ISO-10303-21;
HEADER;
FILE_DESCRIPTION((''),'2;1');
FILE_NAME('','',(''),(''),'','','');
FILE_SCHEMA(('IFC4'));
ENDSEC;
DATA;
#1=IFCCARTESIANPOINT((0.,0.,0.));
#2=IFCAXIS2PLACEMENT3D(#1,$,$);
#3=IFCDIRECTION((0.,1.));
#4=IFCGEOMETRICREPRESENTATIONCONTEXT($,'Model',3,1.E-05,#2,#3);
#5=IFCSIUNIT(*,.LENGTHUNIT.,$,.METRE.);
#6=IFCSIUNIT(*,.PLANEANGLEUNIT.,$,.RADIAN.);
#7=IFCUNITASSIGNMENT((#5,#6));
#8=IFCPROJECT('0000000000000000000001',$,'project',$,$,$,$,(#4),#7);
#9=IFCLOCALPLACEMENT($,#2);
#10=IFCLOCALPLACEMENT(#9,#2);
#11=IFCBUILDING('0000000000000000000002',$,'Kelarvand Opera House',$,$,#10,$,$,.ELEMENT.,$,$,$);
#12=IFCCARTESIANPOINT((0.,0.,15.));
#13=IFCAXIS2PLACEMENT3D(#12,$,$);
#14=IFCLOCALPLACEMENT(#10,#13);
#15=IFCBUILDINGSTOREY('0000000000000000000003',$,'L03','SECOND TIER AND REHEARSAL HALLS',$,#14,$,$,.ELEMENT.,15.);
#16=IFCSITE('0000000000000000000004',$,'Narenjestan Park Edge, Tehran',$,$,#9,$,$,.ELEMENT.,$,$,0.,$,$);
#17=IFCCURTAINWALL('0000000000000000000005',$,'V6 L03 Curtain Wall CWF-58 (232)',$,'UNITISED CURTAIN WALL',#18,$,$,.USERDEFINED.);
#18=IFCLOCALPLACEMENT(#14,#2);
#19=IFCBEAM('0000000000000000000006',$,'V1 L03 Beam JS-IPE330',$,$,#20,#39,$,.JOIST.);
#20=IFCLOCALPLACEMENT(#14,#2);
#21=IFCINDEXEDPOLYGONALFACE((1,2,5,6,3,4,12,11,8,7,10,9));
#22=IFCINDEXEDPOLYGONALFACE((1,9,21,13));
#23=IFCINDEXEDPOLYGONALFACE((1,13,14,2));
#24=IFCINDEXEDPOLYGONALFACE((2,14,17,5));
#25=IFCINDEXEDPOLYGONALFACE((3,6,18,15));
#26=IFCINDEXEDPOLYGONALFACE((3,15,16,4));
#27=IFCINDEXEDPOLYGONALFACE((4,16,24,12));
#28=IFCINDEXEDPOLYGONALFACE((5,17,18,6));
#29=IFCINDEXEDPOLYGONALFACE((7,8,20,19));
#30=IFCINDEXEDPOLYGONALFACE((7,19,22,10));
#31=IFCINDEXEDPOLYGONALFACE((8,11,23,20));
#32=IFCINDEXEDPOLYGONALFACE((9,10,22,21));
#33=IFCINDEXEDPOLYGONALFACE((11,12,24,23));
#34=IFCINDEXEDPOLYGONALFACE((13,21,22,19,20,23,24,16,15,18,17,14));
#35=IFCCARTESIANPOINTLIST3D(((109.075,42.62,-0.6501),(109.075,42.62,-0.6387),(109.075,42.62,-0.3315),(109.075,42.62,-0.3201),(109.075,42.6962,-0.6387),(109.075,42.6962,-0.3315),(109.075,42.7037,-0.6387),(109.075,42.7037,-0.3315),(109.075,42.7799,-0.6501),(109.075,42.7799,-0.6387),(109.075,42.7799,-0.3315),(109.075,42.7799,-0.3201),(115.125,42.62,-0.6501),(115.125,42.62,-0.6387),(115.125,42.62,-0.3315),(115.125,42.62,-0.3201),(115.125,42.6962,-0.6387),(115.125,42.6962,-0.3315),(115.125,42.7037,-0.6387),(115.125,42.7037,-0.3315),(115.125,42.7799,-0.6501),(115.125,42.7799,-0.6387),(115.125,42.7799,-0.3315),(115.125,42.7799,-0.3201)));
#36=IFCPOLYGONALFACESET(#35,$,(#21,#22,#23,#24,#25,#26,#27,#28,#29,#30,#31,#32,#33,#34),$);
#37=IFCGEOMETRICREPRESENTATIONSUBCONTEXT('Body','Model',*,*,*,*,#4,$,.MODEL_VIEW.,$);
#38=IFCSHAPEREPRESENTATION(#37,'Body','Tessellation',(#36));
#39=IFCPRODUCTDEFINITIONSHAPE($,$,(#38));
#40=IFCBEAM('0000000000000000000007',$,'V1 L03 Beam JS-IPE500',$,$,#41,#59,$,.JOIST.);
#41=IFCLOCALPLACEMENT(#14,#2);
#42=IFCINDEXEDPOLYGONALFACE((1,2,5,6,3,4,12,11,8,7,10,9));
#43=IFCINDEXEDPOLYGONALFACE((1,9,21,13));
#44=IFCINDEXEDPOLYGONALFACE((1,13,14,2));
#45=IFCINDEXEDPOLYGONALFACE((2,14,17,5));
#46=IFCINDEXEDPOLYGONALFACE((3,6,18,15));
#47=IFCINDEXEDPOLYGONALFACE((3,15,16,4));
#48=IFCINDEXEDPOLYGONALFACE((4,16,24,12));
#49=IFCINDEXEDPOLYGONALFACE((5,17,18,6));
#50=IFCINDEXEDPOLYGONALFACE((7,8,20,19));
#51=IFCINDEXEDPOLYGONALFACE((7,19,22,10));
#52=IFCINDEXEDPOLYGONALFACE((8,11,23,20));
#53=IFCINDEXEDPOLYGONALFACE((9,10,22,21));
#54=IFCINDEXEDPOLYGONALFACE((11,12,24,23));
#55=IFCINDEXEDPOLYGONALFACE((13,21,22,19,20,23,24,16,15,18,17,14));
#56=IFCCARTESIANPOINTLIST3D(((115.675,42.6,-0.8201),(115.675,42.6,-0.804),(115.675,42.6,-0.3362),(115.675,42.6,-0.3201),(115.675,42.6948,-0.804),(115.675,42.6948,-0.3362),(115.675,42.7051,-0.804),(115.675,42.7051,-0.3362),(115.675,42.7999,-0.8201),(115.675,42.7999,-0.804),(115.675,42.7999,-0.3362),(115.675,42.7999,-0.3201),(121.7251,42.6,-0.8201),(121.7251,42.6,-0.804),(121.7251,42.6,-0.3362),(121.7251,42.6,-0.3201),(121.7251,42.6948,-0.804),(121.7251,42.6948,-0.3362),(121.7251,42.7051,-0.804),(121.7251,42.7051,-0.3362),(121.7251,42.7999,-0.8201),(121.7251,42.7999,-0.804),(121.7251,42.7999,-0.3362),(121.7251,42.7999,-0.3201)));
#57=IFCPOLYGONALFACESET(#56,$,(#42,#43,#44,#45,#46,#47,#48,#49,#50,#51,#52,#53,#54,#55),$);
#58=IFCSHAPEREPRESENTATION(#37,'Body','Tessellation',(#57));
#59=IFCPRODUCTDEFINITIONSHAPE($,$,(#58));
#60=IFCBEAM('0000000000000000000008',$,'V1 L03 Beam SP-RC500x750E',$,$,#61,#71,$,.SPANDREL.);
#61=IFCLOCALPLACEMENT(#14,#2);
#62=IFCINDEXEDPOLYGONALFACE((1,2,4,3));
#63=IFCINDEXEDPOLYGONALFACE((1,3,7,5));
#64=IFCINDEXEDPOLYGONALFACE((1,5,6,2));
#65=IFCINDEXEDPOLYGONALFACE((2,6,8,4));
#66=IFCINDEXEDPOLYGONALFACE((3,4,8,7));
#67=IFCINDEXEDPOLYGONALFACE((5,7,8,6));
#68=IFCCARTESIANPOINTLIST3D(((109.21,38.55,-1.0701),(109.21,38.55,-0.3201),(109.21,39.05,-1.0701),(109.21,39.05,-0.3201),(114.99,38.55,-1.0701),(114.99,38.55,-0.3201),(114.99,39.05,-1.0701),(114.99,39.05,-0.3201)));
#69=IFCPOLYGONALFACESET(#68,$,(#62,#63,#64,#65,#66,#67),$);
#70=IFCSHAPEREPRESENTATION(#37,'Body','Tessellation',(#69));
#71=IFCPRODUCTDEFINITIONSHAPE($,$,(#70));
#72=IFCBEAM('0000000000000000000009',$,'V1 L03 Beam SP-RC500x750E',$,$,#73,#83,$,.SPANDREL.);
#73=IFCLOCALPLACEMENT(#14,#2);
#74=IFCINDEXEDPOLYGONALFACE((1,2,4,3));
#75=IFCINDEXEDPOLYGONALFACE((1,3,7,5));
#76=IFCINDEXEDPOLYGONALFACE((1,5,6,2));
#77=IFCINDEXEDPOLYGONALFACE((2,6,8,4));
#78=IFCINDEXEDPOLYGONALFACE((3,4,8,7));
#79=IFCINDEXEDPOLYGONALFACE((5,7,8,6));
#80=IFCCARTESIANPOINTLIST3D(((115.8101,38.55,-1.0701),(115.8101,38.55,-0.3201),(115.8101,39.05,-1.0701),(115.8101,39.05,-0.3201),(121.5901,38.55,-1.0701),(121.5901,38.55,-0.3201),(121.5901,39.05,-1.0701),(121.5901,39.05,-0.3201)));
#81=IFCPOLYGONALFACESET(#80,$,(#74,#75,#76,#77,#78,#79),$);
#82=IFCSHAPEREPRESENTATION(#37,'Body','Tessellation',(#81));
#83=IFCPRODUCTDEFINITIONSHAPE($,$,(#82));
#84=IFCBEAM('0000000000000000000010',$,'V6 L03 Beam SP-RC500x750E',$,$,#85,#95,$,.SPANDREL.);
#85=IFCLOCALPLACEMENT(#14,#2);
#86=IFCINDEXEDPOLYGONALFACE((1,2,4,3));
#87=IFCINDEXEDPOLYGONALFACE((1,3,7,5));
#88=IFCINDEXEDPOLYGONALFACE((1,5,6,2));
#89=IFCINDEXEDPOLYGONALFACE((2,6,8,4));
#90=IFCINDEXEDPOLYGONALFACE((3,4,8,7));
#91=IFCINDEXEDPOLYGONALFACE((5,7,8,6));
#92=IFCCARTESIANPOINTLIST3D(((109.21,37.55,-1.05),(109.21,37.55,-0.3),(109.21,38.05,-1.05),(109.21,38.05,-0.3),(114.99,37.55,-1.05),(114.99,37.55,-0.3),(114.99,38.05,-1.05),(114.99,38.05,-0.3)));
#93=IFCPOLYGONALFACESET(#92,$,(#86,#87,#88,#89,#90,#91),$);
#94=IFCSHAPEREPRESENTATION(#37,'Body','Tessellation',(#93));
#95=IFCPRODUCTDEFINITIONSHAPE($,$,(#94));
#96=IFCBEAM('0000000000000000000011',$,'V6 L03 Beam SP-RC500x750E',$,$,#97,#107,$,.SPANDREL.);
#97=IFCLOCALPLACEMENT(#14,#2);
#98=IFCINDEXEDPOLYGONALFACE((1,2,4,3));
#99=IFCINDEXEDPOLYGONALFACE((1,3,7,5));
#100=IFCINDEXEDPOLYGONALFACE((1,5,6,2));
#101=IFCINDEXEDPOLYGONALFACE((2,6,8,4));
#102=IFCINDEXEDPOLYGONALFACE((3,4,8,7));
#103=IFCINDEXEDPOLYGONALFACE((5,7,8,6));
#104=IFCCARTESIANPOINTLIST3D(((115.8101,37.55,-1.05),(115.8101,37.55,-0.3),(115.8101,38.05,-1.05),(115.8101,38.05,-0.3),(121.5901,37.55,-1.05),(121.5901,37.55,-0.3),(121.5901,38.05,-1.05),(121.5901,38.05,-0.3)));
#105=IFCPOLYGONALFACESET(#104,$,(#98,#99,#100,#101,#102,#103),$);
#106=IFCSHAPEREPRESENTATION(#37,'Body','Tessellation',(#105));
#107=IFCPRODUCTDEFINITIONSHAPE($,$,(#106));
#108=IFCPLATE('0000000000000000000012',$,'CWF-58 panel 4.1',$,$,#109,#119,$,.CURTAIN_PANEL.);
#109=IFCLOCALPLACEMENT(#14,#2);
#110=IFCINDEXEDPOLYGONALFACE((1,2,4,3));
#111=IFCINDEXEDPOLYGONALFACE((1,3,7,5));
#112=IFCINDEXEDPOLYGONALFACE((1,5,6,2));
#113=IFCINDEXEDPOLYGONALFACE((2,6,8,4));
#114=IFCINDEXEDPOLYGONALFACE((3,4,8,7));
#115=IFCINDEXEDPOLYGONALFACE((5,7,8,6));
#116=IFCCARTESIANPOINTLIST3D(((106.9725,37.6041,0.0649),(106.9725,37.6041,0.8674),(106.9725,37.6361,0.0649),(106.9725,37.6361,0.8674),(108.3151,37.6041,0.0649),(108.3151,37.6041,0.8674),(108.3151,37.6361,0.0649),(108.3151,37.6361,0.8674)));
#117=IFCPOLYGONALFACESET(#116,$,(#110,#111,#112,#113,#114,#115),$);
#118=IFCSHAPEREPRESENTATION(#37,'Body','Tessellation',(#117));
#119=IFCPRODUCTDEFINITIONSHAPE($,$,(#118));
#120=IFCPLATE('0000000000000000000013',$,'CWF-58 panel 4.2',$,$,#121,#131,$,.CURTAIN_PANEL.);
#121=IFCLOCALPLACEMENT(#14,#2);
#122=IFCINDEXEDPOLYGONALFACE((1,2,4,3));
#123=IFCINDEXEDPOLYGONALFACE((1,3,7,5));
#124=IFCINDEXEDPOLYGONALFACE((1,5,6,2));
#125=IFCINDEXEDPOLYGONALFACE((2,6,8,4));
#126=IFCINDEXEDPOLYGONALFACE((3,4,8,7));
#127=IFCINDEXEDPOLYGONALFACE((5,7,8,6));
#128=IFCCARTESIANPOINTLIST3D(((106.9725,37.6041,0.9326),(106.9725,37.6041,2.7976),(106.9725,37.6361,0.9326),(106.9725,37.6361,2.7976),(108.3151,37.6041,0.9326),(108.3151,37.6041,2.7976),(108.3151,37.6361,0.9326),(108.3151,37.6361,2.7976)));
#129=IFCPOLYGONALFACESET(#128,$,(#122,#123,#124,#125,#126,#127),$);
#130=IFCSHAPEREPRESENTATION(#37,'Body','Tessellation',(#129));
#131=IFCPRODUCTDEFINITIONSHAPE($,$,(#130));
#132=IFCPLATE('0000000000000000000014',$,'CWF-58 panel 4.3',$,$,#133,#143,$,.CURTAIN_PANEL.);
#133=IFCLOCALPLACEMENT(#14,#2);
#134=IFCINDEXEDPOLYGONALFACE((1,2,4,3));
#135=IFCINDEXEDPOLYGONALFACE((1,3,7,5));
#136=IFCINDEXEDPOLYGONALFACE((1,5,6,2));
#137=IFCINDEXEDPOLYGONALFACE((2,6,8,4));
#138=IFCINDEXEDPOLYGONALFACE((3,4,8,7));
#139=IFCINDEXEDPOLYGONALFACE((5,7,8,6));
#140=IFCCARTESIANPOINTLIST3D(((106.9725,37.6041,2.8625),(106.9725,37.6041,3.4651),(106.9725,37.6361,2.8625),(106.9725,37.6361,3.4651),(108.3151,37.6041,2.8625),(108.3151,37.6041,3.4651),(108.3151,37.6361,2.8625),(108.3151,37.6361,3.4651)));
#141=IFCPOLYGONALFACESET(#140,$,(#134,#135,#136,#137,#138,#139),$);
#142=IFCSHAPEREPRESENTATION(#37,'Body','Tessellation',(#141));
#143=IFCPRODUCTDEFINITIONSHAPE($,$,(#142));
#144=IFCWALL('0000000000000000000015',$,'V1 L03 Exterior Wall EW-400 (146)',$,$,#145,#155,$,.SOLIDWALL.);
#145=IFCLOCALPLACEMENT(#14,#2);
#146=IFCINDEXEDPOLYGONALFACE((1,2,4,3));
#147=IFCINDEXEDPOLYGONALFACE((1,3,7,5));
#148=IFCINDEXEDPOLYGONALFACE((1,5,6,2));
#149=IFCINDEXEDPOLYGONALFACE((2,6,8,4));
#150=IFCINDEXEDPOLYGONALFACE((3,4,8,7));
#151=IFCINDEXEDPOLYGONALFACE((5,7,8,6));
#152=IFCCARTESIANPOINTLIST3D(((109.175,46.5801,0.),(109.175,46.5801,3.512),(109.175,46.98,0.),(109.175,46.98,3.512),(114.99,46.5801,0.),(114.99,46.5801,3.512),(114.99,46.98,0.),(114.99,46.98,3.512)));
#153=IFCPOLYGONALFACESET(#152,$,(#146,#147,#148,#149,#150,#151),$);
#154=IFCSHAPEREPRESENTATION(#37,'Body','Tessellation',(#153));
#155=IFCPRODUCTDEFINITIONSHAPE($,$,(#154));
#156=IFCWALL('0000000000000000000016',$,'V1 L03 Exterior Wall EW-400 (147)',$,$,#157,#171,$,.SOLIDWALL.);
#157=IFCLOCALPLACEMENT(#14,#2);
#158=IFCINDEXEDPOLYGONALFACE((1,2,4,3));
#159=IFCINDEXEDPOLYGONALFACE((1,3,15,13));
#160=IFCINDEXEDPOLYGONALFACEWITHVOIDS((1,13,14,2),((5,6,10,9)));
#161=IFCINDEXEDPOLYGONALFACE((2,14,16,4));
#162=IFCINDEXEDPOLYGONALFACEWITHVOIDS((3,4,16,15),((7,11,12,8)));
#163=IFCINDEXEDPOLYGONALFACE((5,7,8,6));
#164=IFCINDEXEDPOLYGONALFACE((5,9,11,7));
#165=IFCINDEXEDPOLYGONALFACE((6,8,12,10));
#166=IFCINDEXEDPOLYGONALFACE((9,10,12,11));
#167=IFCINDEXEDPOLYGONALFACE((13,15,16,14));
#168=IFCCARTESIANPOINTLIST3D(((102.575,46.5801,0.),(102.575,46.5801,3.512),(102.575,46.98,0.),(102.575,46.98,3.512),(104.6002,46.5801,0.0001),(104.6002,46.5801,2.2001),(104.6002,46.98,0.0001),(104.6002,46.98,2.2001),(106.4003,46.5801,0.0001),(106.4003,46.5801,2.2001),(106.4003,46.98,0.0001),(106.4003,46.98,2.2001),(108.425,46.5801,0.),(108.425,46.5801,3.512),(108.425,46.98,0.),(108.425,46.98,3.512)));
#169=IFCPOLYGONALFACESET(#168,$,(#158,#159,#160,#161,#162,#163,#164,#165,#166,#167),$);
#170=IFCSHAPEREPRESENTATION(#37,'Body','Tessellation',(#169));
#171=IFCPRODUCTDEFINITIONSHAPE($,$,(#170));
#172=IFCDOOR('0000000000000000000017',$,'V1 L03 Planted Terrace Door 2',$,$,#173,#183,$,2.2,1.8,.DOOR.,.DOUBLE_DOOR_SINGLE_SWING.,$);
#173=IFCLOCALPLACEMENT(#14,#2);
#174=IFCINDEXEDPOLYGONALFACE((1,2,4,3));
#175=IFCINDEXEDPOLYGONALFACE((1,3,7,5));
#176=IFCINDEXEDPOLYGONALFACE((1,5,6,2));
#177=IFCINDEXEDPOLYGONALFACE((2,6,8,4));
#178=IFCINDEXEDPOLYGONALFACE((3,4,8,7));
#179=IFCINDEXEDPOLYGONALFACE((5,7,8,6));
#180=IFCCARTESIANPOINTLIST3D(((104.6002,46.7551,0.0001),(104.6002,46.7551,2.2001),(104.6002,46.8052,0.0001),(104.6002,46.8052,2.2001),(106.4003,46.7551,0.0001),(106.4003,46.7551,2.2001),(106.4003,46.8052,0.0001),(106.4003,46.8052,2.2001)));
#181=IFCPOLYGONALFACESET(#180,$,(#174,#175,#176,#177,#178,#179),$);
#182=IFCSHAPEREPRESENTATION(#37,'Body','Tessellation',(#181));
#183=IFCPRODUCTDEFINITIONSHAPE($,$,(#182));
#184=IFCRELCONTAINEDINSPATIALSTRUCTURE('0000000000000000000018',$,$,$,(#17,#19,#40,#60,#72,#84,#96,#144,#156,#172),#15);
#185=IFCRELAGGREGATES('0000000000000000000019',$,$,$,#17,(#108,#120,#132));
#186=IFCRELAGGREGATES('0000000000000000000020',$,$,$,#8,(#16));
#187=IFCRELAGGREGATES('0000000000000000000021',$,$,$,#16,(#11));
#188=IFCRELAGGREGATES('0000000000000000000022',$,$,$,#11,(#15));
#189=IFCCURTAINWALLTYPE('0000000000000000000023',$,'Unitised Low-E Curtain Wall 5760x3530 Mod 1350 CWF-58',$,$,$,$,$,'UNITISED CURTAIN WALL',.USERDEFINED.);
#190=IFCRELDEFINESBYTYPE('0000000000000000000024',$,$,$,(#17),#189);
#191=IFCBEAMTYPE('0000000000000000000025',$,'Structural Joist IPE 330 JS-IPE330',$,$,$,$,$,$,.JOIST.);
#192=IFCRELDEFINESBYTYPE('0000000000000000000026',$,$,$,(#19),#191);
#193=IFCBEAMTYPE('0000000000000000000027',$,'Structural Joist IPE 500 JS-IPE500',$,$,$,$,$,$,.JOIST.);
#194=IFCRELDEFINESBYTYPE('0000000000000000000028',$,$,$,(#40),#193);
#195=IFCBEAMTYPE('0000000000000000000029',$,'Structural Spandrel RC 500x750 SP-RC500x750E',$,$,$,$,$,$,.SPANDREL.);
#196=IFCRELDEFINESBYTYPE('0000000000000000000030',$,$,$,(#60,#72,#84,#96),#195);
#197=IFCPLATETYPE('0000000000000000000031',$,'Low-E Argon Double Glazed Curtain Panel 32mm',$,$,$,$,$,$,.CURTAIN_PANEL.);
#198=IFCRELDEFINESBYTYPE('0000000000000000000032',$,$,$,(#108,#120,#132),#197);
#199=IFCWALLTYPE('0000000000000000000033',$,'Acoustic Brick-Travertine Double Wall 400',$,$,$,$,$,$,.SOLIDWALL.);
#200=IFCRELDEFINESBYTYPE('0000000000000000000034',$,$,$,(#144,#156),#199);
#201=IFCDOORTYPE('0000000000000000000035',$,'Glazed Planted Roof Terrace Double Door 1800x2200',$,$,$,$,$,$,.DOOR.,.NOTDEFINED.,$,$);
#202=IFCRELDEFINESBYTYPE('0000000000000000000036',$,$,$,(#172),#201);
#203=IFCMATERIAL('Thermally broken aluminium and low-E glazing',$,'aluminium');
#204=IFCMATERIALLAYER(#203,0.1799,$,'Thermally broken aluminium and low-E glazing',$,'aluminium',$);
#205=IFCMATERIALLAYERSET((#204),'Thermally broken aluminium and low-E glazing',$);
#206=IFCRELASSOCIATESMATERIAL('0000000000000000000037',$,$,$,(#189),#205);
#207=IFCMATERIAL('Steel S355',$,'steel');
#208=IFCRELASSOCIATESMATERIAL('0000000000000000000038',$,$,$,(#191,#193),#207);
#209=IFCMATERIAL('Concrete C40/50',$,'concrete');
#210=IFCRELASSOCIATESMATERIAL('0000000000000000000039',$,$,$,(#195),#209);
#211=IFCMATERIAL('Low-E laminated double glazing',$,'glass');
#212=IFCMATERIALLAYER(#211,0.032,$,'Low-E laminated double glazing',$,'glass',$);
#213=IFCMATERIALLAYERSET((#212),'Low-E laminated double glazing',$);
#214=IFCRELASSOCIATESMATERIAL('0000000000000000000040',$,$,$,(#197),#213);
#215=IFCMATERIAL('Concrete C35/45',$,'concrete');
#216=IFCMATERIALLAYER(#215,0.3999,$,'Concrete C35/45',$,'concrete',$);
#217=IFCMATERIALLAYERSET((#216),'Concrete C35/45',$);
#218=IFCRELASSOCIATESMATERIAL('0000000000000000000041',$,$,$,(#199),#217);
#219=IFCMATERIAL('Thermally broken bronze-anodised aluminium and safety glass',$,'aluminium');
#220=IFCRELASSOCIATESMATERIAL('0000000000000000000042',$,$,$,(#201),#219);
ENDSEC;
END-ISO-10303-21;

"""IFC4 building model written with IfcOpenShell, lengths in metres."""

from ifc_helpers import new_model, si_unit, direction, frame, frame_2d, origin, origin_2d, place, context, subcontext, project, spatial, rectangle, i_section, extrude, material, layer, layer_set, material_profile, profile_set, type_object, element, fill, aggregate, save


model = new_model("IFC4")

# Units and contexts
model_context = context("Model", 3, precision=1e-05, world=origin(), true_north=direction((0.0, 1.0)))
body_context = subcontext(model_context, "Body", "Model", "MODEL_VIEW")
ifc_project = project(units=[si_unit("LENGTHUNIT", "METRE"), si_unit("PLANEANGLEUNIT", "RADIAN")], contexts=[model_context])

# Site, building, storey
site_placement = place(None, origin())
site = spatial("IfcSite", under=ifc_project, at=site_placement, Name="Narenjestan Park Edge, Tehran", CompositionType="ELEMENT", RefElevation=0.0)
building_placement = place(site_placement, origin())
building = spatial("IfcBuilding", under=site, at=building_placement, Name="Kelarvand Opera House", CompositionType="ELEMENT")
storey_placement = place(building_placement, frame((0.0, 0.0, 15.0)))
storey = spatial("IfcBuildingStorey", under=building, at=storey_placement, Name="L03", Description="SECOND TIER AND REHEARSAL HALLS", CompositionType="ELEMENT", Elevation=15.0)

# Shared definitions
ifc_material_1 = material(Name="Concrete C40/50", Category="concrete")

# Curtain wall
ifc_material_2 = material(Name="Thermally broken aluminium and low-E glazing", Category="aluminium")
ifc_layer_1 = layer(ifc_material_2, 0.1799, Name="Thermally broken aluminium and low-E glazing", Category="aluminium")
ifc_layer_set_1 = layer_set([ifc_layer_1], Name="Thermally broken aluminium and low-E glazing")
curtain_wall_type = type_object("IfcCurtainWallType", Name="Unitised Low-E Curtain Wall 5760x3530 Mod 1350 CWF-58", ElementType="UNITISED CURTAIN WALL", PredefinedType="USERDEFINED", material=ifc_layer_set_1)
curtain_wall_1_placement = place(storey_placement, origin())
curtain_wall_1 = element("IfcCurtainWall", 1, at=curtain_wall_1_placement, inside=storey, type_object=curtain_wall_type, Name="V6 L03 Curtain Wall CWF-58 (232)", ObjectType="UNITISED CURTAIN WALL", PredefinedType="USERDEFINED")

# Shared definitions
ifc_material_3 = material(Name="Steel S355", Category="steel")

# Beams
ifc_material_profile_1 = material_profile(ifc_material_3, i_section(OverallWidth=0.1599, OverallDepth=0.3301, WebThickness=0.0076, FlangeThickness=0.0115, at=origin_2d()), Name="IPE 330", Category="steel")
ifc_profile_set_1 = profile_set([ifc_material_profile_1], Name="Steel S355")
beam_type_1 = type_object("IfcBeamType", Name="Structural Joist IPE 330 JS-IPE330", PredefinedType="JOIST", material=ifc_profile_set_1)
beam_1_placement = place(storey_placement, frame((109.075, 42.7, -0.4851), z_axis=(1.0, 0.0, 0.0), x_axis=(0.0, 1.0, 0.0)))
element("IfcBeam", 2, at=beam_1_placement, inside=storey, type_object=beam_type_1, Name="V1 L03 Beam JS-IPE330", PredefinedType="JOIST", context=body_context, shape_type="SweptSolid", body=[
    extrude(i_section(OverallWidth=0.1599, OverallDepth=0.3301, WebThickness=0.0076, FlangeThickness=0.0115, at=origin_2d()), origin(), (0.0, 0.0, 1.0), 6.05),
])
ifc_material_profile_2 = material_profile(ifc_material_3, i_section(OverallWidth=0.2, OverallDepth=0.5, WebThickness=0.0103, FlangeThickness=0.0161, at=origin_2d()), Name="IPE 500", Category="steel")
ifc_profile_set_2 = profile_set([ifc_material_profile_2], Name="Steel S355")
beam_type_2 = type_object("IfcBeamType", Name="Structural Joist IPE 500 JS-IPE500", PredefinedType="JOIST", material=ifc_profile_set_2)
beam_2_placement = place(storey_placement, frame((115.675, 42.7, -0.5701), z_axis=(1.0, 0.0, 0.0), x_axis=(0.0, 1.0, 0.0)))
element("IfcBeam", 3, at=beam_2_placement, inside=storey, type_object=beam_type_2, Name="V1 L03 Beam JS-IPE500", PredefinedType="JOIST", context=body_context, shape_type="SweptSolid", body=[
    extrude(i_section(OverallWidth=0.2, OverallDepth=0.5, WebThickness=0.0103, FlangeThickness=0.0161, at=origin_2d()), origin(), (0.0, 0.0, 1.0), 6.05),
])
ifc_material_profile_3 = material_profile(ifc_material_1, rectangle(XDim=0.5, YDim=0.75, at=origin_2d()), Name="RC 500x750", Category="concrete")
ifc_profile_set_3 = profile_set([ifc_material_profile_3], Name="Concrete C40/50")
beam_type_3 = type_object("IfcBeamType", Name="Structural Spandrel RC 500x750 SP-RC500x750E", PredefinedType="SPANDREL", material=ifc_profile_set_3)
for number, where, z_axis, x_axis, name in (
    (4, (109.21, 38.8, -0.6951), (1.0, 0.0, 0.0), (0.0, 1.0, 0.0), "V1 L03 Beam SP-RC500x750E"),
    (5, (115.8101, 38.8, -0.6951), (1.0, 0.0, 0.0), (0.0, 1.0, 0.0), "V1 L03 Beam SP-RC500x750E"),
    (6, (109.21, 37.8, -0.675), (1.0, 0.0, 0.0), (0.0, 1.0, 0.0), "V6 L03 Beam SP-RC500x750E"),
    (7, (115.8101, 37.8, -0.675), (1.0, 0.0, 0.0), (0.0, 1.0, 0.0), "V6 L03 Beam SP-RC500x750E"),
):
    element("IfcBeam", number, at=place(storey_placement, frame(where, z_axis=z_axis, x_axis=x_axis)), inside=storey, type_object=beam_type_3, Name=name, PredefinedType="SPANDREL", context=body_context, shape_type="SweptSolid", body=[
        extrude(rectangle(XDim=0.5, YDim=0.75, at=origin_2d()), origin(), (0.0, 0.0, 1.0), 5.78),
    ])

# Plates
ifc_material_4 = material(Name="Low-E laminated double glazing", Category="glass")
ifc_layer_2 = layer(ifc_material_4, 0.032, Name="Low-E laminated double glazing", Category="glass")
ifc_layer_set_2 = layer_set([ifc_layer_2], Name="Low-E laminated double glazing")
plate_type = type_object("IfcPlateType", Name="Low-E Argon Double Glazed Curtain Panel 32mm", PredefinedType="CURTAIN_PANEL", material=ifc_layer_set_2)
plate_1_placement = place(storey_placement, frame((107.6438, 37.6201, 0.0649), z_axis=(0.0, 0.0, 1.0), x_axis=(1.0, 0.0, 0.0)))
plate_1 = element("IfcPlate", 8, at=plate_1_placement, type_object=plate_type, Name="CWF-58 panel 4.1", PredefinedType="CURTAIN_PANEL", context=body_context, shape_type="SweptSolid", body=[
    extrude(rectangle(XDim=1.3425, YDim=0.032, at=origin_2d()), origin(), (0.0, 0.0, 1.0), 0.8025),
])
plate_2_placement = place(storey_placement, frame((107.6438, 37.6201, 0.9326), z_axis=(0.0, 0.0, 1.0), x_axis=(1.0, 0.0, 0.0)))
plate_2 = element("IfcPlate", 9, at=plate_2_placement, type_object=plate_type, Name="CWF-58 panel 4.2", PredefinedType="CURTAIN_PANEL", context=body_context, shape_type="SweptSolid", body=[
    extrude(rectangle(XDim=1.3425, YDim=0.032, at=origin_2d()), origin(), (0.0, 0.0, 1.0), 1.865),
])
plate_3_placement = place(storey_placement, frame((107.6438, 37.6201, 2.8625), z_axis=(0.0, 0.0, 1.0), x_axis=(1.0, 0.0, 0.0)))
plate_3 = element("IfcPlate", 10, at=plate_3_placement, type_object=plate_type, Name="CWF-58 panel 4.3", PredefinedType="CURTAIN_PANEL", context=body_context, shape_type="SweptSolid", body=[
    extrude(rectangle(XDim=1.3425, YDim=0.032, at=origin_2d()), origin(), (0.0, 0.0, 1.0), 0.6025),
])
aggregate(curtain_wall_1, [plate_1, plate_2, plate_3])

# Wall
ifc_material_5 = material(Name="Concrete C35/45", Category="concrete")
ifc_layer_3 = layer(ifc_material_5, 0.3999, Name="Concrete C35/45", Category="concrete")
ifc_layer_set_3 = layer_set([ifc_layer_3], Name="Concrete C35/45")
wall_type_1 = type_object("IfcWallType", Name="Acoustic Brick-Travertine Double Wall 400", PredefinedType="SOLIDWALL", material=ifc_layer_set_3)
wall_1_placement = place(storey_placement, frame((114.99, 46.78, 0.0), z_axis=(0.0, 0.0, 1.0), x_axis=(-1.0, 0.0, 0.0)))
element("IfcWall", 11, at=wall_1_placement, inside=storey, type_object=wall_type_1, Name="V1 L03 Exterior Wall EW-400 (146)", PredefinedType="SOLIDWALL", context=body_context, shape_type="SweptSolid", body=[
    extrude(rectangle(XDim=5.8149, YDim=0.3999, at=frame_2d((2.9075, 0.0))), origin(), (0.0, 0.0, 1.0), 3.512),
])

# Wall, opening, door
wall_2_placement = place(storey_placement, frame((108.425, 46.78, 0.0), z_axis=(0.0, 0.0, 1.0), x_axis=(-1.0, 0.0, 0.0)))
wall_2 = element("IfcWall", 12, at=wall_2_placement, inside=storey, type_object=wall_type_1, Name="V1 L03 Exterior Wall EW-400 (147)", PredefinedType="SOLIDWALL", context=body_context, shape_type="SweptSolid", body=[
    extrude(rectangle(XDim=5.8501, YDim=0.3999, at=frame_2d((2.925, 0.0))), origin(), (0.0, 0.0, 1.0), 3.512),
])
opening_1_placement = place(wall_2_placement, frame((2.0249, 0.0, 0.0)))
opening_1 = element("IfcOpeningElement", 13, at=opening_1_placement, cuts=wall_2, PredefinedType="OPENING", context=body_context, shape_type="SweptSolid", body=[
    extrude(rectangle(XDim=1.8, YDim=2.2, at=frame_2d((0.8999, 1.1001))), frame((0.0, 0.21, 0.0), z_axis=(0.0, -1.0, 0.0), x_axis=(1.0, 0.0, 0.0)), (0.0, 0.0, 1.0), 0.4199),
])
ifc_material_6 = material(Name="Thermally broken bronze-anodised aluminium and safety glass", Category="aluminium")
door_type = type_object("IfcDoorType", Name="Glazed Planted Roof Terrace Double Door 1800x2200", OperationType="NOTDEFINED", PredefinedType="DOOR", material=ifc_material_6)
door_placement = place(opening_1_placement, origin())
door = element("IfcDoor", 14, at=door_placement, inside=storey, type_object=door_type, Name="V1 L03 Planted Terrace Door 2", OperationType="DOUBLE_DOOR_SINGLE_SWING", OverallHeight=2.2, OverallWidth=1.8, PredefinedType="DOOR", context=body_context, shape_type="SweptSolid", body=[
    extrude(rectangle(XDim=1.8, YDim=2.2, at=frame_2d((0.8999, 1.1001))), frame((0.0, 0.0249, 0.0), z_axis=(0.0, -1.0, 0.0), x_axis=(1.0, 0.0, 0.0)), (0.0, 0.0, 1.0), 0.05),
])
fill(opening_1, door)

save(model, "model.ifc")
